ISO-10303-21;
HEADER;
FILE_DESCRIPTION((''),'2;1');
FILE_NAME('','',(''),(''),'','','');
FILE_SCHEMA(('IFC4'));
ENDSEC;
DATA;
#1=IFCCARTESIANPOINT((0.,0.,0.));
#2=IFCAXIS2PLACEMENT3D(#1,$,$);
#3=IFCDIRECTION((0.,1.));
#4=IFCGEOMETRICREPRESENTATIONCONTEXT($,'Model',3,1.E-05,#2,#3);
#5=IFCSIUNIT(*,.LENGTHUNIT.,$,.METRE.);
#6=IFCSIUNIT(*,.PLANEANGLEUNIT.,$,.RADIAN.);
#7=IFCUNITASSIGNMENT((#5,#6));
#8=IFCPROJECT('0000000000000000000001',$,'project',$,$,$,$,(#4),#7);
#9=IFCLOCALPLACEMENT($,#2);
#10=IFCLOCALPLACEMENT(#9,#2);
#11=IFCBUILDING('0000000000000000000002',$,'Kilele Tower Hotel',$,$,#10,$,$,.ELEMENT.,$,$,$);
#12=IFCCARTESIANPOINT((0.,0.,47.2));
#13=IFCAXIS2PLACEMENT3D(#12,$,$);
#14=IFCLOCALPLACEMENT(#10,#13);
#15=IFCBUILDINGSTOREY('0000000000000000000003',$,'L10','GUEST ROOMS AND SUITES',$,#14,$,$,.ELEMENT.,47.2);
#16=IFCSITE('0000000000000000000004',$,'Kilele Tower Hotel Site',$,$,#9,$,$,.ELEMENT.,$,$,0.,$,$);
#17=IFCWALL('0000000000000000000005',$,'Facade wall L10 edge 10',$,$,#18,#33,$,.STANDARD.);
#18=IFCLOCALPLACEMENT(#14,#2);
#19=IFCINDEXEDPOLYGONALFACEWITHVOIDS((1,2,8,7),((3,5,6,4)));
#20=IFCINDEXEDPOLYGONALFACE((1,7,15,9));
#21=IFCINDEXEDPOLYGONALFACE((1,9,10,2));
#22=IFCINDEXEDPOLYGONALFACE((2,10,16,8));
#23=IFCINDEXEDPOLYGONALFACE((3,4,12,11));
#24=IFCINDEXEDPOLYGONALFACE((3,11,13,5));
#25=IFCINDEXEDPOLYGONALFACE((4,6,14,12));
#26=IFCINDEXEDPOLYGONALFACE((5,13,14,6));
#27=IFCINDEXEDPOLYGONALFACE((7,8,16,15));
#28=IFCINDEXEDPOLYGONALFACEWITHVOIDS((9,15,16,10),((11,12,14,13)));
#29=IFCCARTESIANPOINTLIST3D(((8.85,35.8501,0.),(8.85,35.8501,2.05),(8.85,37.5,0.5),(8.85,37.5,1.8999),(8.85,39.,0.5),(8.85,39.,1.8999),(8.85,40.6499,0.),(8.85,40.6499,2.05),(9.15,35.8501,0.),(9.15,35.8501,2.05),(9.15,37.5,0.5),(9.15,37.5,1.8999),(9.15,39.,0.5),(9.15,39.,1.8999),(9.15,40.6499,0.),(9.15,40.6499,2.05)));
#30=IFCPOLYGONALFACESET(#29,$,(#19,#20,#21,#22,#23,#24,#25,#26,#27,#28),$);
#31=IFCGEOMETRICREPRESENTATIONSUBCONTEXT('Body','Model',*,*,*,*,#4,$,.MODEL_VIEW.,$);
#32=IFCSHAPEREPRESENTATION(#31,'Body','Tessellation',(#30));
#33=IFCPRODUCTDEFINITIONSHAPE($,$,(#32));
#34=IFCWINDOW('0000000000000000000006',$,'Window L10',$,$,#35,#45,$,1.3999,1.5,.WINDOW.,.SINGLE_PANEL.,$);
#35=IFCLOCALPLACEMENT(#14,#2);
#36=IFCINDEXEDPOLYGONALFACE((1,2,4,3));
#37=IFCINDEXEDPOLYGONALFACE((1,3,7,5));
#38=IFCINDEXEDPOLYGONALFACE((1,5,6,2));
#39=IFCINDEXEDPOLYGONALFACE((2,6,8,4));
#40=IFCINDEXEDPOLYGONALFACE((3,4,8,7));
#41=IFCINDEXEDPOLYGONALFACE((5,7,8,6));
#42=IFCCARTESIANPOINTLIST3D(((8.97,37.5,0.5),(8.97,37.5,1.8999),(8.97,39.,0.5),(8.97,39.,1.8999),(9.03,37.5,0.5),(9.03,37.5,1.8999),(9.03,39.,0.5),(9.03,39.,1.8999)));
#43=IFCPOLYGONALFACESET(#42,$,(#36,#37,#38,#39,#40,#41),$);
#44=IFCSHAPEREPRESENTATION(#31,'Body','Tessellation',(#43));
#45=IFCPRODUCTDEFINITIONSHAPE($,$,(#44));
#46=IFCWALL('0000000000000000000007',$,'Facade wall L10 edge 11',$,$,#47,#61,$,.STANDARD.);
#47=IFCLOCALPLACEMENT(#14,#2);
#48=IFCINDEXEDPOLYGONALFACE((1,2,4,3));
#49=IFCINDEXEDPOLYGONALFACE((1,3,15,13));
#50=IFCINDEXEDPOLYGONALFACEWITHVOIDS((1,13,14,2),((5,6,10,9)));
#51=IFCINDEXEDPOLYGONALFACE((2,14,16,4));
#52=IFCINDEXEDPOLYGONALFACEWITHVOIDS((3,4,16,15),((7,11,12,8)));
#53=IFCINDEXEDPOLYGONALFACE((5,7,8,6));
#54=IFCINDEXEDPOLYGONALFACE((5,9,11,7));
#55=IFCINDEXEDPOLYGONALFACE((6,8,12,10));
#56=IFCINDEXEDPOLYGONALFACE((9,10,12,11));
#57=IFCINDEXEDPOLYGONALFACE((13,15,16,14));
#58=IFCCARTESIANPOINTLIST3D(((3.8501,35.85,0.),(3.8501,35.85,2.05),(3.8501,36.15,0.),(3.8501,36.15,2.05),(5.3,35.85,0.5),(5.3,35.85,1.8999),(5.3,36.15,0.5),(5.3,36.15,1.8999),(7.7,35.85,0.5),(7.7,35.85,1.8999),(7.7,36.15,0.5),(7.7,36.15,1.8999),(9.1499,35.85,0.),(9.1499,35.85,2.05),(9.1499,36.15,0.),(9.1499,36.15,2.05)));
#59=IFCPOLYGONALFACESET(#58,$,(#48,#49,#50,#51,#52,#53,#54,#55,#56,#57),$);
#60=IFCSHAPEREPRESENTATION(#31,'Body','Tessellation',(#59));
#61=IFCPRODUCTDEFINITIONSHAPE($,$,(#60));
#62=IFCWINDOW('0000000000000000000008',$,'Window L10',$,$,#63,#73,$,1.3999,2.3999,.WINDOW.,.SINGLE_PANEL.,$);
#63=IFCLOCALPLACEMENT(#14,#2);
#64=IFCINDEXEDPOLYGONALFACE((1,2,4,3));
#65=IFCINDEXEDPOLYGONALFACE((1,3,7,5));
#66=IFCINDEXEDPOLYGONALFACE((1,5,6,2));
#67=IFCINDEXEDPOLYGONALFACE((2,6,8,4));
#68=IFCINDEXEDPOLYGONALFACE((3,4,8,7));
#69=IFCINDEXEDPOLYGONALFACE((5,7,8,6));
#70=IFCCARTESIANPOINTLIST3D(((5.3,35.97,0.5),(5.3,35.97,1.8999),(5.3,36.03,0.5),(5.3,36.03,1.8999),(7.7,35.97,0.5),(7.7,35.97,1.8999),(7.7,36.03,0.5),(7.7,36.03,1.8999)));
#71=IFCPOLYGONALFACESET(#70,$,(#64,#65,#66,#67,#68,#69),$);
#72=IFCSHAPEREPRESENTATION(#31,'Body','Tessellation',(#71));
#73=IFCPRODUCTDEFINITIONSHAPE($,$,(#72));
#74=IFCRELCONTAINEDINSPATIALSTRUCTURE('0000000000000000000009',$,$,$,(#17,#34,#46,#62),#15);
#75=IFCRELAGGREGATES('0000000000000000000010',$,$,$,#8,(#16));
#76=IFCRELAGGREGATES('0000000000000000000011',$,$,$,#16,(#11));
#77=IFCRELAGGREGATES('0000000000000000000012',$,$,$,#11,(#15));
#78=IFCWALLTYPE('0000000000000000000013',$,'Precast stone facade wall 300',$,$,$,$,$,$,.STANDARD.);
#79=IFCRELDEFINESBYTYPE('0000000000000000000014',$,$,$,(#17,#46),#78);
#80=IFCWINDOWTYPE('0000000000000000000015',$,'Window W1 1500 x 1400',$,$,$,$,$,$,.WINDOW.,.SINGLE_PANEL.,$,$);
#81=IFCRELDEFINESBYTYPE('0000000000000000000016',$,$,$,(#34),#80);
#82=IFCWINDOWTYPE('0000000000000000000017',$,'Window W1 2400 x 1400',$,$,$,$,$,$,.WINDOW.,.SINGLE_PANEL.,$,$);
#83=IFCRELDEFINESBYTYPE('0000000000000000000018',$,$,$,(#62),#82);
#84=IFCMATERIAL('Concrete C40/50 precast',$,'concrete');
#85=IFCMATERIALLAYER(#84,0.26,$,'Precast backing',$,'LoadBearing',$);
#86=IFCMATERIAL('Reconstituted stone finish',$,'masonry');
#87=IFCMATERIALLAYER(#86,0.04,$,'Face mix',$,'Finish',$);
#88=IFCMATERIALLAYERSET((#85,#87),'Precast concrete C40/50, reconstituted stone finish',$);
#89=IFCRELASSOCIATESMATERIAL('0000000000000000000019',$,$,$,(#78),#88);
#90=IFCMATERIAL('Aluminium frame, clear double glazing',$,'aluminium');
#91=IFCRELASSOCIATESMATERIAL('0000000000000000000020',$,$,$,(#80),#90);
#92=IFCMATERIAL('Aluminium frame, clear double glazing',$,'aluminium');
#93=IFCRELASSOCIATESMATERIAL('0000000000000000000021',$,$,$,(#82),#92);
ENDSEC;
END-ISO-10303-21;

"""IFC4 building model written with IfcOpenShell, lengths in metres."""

from ifc_helpers import new_model, si_unit, direction, frame, frame_2d, origin, place, context, subcontext, project, spatial, rectangle, extrude, material, layer, layer_set, type_object, element, fill, save


model = new_model("IFC4")

# Units and contexts
model_context = context("Model", 3, precision=1e-05, world=origin(), true_north=direction((0.0, 1.0)))
body_context = subcontext(model_context, "Body", "Model", "MODEL_VIEW")
ifc_project = project(units=[si_unit("LENGTHUNIT", "METRE"), si_unit("PLANEANGLEUNIT", "RADIAN")], contexts=[model_context])

# Site, building, storey
site_placement = place(None, origin())
site = spatial("IfcSite", under=ifc_project, at=site_placement, Name="Kilele Tower Hotel Site", CompositionType="ELEMENT", RefElevation=0.0)
building_placement = place(site_placement, origin())
building = spatial("IfcBuilding", under=site, at=building_placement, Name="Kilele Tower Hotel", CompositionType="ELEMENT")
storey_placement = place(building_placement, frame((0.0, 0.0, 47.2)))
storey = spatial("IfcBuildingStorey", under=building, at=storey_placement, Name="L10", Description="GUEST ROOMS AND SUITES", CompositionType="ELEMENT", Elevation=47.2)

# Walls, openings, windows
ifc_material_1 = material(Name="Concrete C40/50 precast", Category="concrete")
ifc_layer_1 = layer(ifc_material_1, 0.26, Name="Precast backing", Category="LoadBearing")
ifc_material_2 = material(Name="Reconstituted stone finish", Category="masonry")
ifc_layer_2 = layer(ifc_material_2, 0.04, Name="Face mix", Category="Finish")
ifc_layer_set_1 = layer_set([ifc_layer_1, ifc_layer_2], Name="Precast concrete C40/50, reconstituted stone finish")
wall_type_1 = type_object("IfcWallType", Name="Precast stone facade wall 300", PredefinedType="STANDARD", material=ifc_layer_set_1)
wall_1_placement = place(storey_placement, frame((9.0, 40.6499, 0.0), z_axis=(0.0, 0.0, 1.0), x_axis=(0.0, -1.0, 0.0)))
wall_1 = element("IfcWall", 1, at=wall_1_placement, inside=storey, type_object=wall_type_1, Name="Facade wall L10 edge 10", PredefinedType="STANDARD", context=body_context, shape_type="SweptSolid", body=[
    extrude(rectangle(XDim=4.7998, YDim=0.3, at=frame_2d((2.3999, 0.0))), origin(), (0.0, 0.0, 1.0), 2.05),
])
opening_1_placement = place(wall_1_placement, frame((1.6499, 0.0, 0.5)))
opening_1 = element("IfcOpeningElement", 2, at=opening_1_placement, cuts=wall_1, PredefinedType="OPENING", context=body_context, shape_type="SweptSolid", body=[
    extrude(rectangle(XDim=1.5, YDim=1.3999, at=frame_2d((0.75, 0.7))), frame((0.0, 0.1599, 0.0), z_axis=(0.0, -1.0, 0.0), x_axis=(1.0, 0.0, 0.0)), (0.0, 0.0, 1.0), 0.3201),
])
ifc_material_3 = material(Name="Aluminium frame, clear double glazing", Category="aluminium")
window_type_1 = type_object("IfcWindowType", Name="Window W1 1500 x 1400", PartitioningType="SINGLE_PANEL", PredefinedType="WINDOW", material=ifc_material_3)
window_1_placement = place(opening_1_placement, origin())
window_1 = element("IfcWindow", 3, at=window_1_placement, inside=storey, type_object=window_type_1, Name="Window L10", OverallHeight=1.3999, OverallWidth=1.5, PartitioningType="SINGLE_PANEL", PredefinedType="WINDOW", context=body_context, shape_type="SweptSolid", body=[
    extrude(rectangle(XDim=1.5, YDim=1.3999, at=frame_2d((0.75, 0.7))), frame((0.0, 0.03, 0.0), z_axis=(0.0, -1.0, 0.0), x_axis=(1.0, 0.0, 0.0)), (0.0, 0.0, 1.0), 0.0601),
])
fill(opening_1, window_1)
wall_2_placement = place(storey_placement, frame((9.1499, 36.0, 0.0), z_axis=(0.0, 0.0, 1.0), x_axis=(-1.0, 0.0, 0.0)))
wall_2 = element("IfcWall", 4, at=wall_2_placement, inside=storey, type_object=wall_type_1, Name="Facade wall L10 edge 11", PredefinedType="STANDARD", context=body_context, shape_type="SweptSolid", body=[
    extrude(rectangle(XDim=5.2998, YDim=0.3, at=frame_2d((2.6499, 0.0))), origin(), (0.0, 0.0, 1.0), 2.05),
])
opening_2_placement = place(wall_2_placement, frame((1.45, 0.0, 0.5)))
opening_2 = element("IfcOpeningElement", 5, at=opening_2_placement, cuts=wall_2, PredefinedType="OPENING", context=body_context, shape_type="SweptSolid", body=[
    extrude(rectangle(XDim=2.3999, YDim=1.3999, at=frame_2d((1.2, 0.7))), frame((0.0, 0.1599, 0.0), z_axis=(0.0, -1.0, 0.0), x_axis=(1.0, 0.0, 0.0)), (0.0, 0.0, 1.0), 0.3201),
])
ifc_material_4 = material(Name="Aluminium frame, clear double glazing", Category="aluminium")
window_type_2 = type_object("IfcWindowType", Name="Window W1 2400 x 1400", PartitioningType="SINGLE_PANEL", PredefinedType="WINDOW", material=ifc_material_4)
window_2_placement = place(opening_2_placement, origin())
window_2 = element("IfcWindow", 6, at=window_2_placement, inside=storey, type_object=window_type_2, Name="Window L10", OverallHeight=1.3999, OverallWidth=2.3999, PartitioningType="SINGLE_PANEL", PredefinedType="WINDOW", context=body_context, shape_type="SweptSolid", body=[
    extrude(rectangle(XDim=2.3999, YDim=1.3999, at=frame_2d((1.2, 0.7))), frame((0.0, 0.03, 0.0), z_axis=(0.0, -1.0, 0.0), x_axis=(1.0, 0.0, 0.0)), (0.0, 0.0, 1.0), 0.0601),
])
fill(opening_2, window_2)

save(model, "model.ifc")
